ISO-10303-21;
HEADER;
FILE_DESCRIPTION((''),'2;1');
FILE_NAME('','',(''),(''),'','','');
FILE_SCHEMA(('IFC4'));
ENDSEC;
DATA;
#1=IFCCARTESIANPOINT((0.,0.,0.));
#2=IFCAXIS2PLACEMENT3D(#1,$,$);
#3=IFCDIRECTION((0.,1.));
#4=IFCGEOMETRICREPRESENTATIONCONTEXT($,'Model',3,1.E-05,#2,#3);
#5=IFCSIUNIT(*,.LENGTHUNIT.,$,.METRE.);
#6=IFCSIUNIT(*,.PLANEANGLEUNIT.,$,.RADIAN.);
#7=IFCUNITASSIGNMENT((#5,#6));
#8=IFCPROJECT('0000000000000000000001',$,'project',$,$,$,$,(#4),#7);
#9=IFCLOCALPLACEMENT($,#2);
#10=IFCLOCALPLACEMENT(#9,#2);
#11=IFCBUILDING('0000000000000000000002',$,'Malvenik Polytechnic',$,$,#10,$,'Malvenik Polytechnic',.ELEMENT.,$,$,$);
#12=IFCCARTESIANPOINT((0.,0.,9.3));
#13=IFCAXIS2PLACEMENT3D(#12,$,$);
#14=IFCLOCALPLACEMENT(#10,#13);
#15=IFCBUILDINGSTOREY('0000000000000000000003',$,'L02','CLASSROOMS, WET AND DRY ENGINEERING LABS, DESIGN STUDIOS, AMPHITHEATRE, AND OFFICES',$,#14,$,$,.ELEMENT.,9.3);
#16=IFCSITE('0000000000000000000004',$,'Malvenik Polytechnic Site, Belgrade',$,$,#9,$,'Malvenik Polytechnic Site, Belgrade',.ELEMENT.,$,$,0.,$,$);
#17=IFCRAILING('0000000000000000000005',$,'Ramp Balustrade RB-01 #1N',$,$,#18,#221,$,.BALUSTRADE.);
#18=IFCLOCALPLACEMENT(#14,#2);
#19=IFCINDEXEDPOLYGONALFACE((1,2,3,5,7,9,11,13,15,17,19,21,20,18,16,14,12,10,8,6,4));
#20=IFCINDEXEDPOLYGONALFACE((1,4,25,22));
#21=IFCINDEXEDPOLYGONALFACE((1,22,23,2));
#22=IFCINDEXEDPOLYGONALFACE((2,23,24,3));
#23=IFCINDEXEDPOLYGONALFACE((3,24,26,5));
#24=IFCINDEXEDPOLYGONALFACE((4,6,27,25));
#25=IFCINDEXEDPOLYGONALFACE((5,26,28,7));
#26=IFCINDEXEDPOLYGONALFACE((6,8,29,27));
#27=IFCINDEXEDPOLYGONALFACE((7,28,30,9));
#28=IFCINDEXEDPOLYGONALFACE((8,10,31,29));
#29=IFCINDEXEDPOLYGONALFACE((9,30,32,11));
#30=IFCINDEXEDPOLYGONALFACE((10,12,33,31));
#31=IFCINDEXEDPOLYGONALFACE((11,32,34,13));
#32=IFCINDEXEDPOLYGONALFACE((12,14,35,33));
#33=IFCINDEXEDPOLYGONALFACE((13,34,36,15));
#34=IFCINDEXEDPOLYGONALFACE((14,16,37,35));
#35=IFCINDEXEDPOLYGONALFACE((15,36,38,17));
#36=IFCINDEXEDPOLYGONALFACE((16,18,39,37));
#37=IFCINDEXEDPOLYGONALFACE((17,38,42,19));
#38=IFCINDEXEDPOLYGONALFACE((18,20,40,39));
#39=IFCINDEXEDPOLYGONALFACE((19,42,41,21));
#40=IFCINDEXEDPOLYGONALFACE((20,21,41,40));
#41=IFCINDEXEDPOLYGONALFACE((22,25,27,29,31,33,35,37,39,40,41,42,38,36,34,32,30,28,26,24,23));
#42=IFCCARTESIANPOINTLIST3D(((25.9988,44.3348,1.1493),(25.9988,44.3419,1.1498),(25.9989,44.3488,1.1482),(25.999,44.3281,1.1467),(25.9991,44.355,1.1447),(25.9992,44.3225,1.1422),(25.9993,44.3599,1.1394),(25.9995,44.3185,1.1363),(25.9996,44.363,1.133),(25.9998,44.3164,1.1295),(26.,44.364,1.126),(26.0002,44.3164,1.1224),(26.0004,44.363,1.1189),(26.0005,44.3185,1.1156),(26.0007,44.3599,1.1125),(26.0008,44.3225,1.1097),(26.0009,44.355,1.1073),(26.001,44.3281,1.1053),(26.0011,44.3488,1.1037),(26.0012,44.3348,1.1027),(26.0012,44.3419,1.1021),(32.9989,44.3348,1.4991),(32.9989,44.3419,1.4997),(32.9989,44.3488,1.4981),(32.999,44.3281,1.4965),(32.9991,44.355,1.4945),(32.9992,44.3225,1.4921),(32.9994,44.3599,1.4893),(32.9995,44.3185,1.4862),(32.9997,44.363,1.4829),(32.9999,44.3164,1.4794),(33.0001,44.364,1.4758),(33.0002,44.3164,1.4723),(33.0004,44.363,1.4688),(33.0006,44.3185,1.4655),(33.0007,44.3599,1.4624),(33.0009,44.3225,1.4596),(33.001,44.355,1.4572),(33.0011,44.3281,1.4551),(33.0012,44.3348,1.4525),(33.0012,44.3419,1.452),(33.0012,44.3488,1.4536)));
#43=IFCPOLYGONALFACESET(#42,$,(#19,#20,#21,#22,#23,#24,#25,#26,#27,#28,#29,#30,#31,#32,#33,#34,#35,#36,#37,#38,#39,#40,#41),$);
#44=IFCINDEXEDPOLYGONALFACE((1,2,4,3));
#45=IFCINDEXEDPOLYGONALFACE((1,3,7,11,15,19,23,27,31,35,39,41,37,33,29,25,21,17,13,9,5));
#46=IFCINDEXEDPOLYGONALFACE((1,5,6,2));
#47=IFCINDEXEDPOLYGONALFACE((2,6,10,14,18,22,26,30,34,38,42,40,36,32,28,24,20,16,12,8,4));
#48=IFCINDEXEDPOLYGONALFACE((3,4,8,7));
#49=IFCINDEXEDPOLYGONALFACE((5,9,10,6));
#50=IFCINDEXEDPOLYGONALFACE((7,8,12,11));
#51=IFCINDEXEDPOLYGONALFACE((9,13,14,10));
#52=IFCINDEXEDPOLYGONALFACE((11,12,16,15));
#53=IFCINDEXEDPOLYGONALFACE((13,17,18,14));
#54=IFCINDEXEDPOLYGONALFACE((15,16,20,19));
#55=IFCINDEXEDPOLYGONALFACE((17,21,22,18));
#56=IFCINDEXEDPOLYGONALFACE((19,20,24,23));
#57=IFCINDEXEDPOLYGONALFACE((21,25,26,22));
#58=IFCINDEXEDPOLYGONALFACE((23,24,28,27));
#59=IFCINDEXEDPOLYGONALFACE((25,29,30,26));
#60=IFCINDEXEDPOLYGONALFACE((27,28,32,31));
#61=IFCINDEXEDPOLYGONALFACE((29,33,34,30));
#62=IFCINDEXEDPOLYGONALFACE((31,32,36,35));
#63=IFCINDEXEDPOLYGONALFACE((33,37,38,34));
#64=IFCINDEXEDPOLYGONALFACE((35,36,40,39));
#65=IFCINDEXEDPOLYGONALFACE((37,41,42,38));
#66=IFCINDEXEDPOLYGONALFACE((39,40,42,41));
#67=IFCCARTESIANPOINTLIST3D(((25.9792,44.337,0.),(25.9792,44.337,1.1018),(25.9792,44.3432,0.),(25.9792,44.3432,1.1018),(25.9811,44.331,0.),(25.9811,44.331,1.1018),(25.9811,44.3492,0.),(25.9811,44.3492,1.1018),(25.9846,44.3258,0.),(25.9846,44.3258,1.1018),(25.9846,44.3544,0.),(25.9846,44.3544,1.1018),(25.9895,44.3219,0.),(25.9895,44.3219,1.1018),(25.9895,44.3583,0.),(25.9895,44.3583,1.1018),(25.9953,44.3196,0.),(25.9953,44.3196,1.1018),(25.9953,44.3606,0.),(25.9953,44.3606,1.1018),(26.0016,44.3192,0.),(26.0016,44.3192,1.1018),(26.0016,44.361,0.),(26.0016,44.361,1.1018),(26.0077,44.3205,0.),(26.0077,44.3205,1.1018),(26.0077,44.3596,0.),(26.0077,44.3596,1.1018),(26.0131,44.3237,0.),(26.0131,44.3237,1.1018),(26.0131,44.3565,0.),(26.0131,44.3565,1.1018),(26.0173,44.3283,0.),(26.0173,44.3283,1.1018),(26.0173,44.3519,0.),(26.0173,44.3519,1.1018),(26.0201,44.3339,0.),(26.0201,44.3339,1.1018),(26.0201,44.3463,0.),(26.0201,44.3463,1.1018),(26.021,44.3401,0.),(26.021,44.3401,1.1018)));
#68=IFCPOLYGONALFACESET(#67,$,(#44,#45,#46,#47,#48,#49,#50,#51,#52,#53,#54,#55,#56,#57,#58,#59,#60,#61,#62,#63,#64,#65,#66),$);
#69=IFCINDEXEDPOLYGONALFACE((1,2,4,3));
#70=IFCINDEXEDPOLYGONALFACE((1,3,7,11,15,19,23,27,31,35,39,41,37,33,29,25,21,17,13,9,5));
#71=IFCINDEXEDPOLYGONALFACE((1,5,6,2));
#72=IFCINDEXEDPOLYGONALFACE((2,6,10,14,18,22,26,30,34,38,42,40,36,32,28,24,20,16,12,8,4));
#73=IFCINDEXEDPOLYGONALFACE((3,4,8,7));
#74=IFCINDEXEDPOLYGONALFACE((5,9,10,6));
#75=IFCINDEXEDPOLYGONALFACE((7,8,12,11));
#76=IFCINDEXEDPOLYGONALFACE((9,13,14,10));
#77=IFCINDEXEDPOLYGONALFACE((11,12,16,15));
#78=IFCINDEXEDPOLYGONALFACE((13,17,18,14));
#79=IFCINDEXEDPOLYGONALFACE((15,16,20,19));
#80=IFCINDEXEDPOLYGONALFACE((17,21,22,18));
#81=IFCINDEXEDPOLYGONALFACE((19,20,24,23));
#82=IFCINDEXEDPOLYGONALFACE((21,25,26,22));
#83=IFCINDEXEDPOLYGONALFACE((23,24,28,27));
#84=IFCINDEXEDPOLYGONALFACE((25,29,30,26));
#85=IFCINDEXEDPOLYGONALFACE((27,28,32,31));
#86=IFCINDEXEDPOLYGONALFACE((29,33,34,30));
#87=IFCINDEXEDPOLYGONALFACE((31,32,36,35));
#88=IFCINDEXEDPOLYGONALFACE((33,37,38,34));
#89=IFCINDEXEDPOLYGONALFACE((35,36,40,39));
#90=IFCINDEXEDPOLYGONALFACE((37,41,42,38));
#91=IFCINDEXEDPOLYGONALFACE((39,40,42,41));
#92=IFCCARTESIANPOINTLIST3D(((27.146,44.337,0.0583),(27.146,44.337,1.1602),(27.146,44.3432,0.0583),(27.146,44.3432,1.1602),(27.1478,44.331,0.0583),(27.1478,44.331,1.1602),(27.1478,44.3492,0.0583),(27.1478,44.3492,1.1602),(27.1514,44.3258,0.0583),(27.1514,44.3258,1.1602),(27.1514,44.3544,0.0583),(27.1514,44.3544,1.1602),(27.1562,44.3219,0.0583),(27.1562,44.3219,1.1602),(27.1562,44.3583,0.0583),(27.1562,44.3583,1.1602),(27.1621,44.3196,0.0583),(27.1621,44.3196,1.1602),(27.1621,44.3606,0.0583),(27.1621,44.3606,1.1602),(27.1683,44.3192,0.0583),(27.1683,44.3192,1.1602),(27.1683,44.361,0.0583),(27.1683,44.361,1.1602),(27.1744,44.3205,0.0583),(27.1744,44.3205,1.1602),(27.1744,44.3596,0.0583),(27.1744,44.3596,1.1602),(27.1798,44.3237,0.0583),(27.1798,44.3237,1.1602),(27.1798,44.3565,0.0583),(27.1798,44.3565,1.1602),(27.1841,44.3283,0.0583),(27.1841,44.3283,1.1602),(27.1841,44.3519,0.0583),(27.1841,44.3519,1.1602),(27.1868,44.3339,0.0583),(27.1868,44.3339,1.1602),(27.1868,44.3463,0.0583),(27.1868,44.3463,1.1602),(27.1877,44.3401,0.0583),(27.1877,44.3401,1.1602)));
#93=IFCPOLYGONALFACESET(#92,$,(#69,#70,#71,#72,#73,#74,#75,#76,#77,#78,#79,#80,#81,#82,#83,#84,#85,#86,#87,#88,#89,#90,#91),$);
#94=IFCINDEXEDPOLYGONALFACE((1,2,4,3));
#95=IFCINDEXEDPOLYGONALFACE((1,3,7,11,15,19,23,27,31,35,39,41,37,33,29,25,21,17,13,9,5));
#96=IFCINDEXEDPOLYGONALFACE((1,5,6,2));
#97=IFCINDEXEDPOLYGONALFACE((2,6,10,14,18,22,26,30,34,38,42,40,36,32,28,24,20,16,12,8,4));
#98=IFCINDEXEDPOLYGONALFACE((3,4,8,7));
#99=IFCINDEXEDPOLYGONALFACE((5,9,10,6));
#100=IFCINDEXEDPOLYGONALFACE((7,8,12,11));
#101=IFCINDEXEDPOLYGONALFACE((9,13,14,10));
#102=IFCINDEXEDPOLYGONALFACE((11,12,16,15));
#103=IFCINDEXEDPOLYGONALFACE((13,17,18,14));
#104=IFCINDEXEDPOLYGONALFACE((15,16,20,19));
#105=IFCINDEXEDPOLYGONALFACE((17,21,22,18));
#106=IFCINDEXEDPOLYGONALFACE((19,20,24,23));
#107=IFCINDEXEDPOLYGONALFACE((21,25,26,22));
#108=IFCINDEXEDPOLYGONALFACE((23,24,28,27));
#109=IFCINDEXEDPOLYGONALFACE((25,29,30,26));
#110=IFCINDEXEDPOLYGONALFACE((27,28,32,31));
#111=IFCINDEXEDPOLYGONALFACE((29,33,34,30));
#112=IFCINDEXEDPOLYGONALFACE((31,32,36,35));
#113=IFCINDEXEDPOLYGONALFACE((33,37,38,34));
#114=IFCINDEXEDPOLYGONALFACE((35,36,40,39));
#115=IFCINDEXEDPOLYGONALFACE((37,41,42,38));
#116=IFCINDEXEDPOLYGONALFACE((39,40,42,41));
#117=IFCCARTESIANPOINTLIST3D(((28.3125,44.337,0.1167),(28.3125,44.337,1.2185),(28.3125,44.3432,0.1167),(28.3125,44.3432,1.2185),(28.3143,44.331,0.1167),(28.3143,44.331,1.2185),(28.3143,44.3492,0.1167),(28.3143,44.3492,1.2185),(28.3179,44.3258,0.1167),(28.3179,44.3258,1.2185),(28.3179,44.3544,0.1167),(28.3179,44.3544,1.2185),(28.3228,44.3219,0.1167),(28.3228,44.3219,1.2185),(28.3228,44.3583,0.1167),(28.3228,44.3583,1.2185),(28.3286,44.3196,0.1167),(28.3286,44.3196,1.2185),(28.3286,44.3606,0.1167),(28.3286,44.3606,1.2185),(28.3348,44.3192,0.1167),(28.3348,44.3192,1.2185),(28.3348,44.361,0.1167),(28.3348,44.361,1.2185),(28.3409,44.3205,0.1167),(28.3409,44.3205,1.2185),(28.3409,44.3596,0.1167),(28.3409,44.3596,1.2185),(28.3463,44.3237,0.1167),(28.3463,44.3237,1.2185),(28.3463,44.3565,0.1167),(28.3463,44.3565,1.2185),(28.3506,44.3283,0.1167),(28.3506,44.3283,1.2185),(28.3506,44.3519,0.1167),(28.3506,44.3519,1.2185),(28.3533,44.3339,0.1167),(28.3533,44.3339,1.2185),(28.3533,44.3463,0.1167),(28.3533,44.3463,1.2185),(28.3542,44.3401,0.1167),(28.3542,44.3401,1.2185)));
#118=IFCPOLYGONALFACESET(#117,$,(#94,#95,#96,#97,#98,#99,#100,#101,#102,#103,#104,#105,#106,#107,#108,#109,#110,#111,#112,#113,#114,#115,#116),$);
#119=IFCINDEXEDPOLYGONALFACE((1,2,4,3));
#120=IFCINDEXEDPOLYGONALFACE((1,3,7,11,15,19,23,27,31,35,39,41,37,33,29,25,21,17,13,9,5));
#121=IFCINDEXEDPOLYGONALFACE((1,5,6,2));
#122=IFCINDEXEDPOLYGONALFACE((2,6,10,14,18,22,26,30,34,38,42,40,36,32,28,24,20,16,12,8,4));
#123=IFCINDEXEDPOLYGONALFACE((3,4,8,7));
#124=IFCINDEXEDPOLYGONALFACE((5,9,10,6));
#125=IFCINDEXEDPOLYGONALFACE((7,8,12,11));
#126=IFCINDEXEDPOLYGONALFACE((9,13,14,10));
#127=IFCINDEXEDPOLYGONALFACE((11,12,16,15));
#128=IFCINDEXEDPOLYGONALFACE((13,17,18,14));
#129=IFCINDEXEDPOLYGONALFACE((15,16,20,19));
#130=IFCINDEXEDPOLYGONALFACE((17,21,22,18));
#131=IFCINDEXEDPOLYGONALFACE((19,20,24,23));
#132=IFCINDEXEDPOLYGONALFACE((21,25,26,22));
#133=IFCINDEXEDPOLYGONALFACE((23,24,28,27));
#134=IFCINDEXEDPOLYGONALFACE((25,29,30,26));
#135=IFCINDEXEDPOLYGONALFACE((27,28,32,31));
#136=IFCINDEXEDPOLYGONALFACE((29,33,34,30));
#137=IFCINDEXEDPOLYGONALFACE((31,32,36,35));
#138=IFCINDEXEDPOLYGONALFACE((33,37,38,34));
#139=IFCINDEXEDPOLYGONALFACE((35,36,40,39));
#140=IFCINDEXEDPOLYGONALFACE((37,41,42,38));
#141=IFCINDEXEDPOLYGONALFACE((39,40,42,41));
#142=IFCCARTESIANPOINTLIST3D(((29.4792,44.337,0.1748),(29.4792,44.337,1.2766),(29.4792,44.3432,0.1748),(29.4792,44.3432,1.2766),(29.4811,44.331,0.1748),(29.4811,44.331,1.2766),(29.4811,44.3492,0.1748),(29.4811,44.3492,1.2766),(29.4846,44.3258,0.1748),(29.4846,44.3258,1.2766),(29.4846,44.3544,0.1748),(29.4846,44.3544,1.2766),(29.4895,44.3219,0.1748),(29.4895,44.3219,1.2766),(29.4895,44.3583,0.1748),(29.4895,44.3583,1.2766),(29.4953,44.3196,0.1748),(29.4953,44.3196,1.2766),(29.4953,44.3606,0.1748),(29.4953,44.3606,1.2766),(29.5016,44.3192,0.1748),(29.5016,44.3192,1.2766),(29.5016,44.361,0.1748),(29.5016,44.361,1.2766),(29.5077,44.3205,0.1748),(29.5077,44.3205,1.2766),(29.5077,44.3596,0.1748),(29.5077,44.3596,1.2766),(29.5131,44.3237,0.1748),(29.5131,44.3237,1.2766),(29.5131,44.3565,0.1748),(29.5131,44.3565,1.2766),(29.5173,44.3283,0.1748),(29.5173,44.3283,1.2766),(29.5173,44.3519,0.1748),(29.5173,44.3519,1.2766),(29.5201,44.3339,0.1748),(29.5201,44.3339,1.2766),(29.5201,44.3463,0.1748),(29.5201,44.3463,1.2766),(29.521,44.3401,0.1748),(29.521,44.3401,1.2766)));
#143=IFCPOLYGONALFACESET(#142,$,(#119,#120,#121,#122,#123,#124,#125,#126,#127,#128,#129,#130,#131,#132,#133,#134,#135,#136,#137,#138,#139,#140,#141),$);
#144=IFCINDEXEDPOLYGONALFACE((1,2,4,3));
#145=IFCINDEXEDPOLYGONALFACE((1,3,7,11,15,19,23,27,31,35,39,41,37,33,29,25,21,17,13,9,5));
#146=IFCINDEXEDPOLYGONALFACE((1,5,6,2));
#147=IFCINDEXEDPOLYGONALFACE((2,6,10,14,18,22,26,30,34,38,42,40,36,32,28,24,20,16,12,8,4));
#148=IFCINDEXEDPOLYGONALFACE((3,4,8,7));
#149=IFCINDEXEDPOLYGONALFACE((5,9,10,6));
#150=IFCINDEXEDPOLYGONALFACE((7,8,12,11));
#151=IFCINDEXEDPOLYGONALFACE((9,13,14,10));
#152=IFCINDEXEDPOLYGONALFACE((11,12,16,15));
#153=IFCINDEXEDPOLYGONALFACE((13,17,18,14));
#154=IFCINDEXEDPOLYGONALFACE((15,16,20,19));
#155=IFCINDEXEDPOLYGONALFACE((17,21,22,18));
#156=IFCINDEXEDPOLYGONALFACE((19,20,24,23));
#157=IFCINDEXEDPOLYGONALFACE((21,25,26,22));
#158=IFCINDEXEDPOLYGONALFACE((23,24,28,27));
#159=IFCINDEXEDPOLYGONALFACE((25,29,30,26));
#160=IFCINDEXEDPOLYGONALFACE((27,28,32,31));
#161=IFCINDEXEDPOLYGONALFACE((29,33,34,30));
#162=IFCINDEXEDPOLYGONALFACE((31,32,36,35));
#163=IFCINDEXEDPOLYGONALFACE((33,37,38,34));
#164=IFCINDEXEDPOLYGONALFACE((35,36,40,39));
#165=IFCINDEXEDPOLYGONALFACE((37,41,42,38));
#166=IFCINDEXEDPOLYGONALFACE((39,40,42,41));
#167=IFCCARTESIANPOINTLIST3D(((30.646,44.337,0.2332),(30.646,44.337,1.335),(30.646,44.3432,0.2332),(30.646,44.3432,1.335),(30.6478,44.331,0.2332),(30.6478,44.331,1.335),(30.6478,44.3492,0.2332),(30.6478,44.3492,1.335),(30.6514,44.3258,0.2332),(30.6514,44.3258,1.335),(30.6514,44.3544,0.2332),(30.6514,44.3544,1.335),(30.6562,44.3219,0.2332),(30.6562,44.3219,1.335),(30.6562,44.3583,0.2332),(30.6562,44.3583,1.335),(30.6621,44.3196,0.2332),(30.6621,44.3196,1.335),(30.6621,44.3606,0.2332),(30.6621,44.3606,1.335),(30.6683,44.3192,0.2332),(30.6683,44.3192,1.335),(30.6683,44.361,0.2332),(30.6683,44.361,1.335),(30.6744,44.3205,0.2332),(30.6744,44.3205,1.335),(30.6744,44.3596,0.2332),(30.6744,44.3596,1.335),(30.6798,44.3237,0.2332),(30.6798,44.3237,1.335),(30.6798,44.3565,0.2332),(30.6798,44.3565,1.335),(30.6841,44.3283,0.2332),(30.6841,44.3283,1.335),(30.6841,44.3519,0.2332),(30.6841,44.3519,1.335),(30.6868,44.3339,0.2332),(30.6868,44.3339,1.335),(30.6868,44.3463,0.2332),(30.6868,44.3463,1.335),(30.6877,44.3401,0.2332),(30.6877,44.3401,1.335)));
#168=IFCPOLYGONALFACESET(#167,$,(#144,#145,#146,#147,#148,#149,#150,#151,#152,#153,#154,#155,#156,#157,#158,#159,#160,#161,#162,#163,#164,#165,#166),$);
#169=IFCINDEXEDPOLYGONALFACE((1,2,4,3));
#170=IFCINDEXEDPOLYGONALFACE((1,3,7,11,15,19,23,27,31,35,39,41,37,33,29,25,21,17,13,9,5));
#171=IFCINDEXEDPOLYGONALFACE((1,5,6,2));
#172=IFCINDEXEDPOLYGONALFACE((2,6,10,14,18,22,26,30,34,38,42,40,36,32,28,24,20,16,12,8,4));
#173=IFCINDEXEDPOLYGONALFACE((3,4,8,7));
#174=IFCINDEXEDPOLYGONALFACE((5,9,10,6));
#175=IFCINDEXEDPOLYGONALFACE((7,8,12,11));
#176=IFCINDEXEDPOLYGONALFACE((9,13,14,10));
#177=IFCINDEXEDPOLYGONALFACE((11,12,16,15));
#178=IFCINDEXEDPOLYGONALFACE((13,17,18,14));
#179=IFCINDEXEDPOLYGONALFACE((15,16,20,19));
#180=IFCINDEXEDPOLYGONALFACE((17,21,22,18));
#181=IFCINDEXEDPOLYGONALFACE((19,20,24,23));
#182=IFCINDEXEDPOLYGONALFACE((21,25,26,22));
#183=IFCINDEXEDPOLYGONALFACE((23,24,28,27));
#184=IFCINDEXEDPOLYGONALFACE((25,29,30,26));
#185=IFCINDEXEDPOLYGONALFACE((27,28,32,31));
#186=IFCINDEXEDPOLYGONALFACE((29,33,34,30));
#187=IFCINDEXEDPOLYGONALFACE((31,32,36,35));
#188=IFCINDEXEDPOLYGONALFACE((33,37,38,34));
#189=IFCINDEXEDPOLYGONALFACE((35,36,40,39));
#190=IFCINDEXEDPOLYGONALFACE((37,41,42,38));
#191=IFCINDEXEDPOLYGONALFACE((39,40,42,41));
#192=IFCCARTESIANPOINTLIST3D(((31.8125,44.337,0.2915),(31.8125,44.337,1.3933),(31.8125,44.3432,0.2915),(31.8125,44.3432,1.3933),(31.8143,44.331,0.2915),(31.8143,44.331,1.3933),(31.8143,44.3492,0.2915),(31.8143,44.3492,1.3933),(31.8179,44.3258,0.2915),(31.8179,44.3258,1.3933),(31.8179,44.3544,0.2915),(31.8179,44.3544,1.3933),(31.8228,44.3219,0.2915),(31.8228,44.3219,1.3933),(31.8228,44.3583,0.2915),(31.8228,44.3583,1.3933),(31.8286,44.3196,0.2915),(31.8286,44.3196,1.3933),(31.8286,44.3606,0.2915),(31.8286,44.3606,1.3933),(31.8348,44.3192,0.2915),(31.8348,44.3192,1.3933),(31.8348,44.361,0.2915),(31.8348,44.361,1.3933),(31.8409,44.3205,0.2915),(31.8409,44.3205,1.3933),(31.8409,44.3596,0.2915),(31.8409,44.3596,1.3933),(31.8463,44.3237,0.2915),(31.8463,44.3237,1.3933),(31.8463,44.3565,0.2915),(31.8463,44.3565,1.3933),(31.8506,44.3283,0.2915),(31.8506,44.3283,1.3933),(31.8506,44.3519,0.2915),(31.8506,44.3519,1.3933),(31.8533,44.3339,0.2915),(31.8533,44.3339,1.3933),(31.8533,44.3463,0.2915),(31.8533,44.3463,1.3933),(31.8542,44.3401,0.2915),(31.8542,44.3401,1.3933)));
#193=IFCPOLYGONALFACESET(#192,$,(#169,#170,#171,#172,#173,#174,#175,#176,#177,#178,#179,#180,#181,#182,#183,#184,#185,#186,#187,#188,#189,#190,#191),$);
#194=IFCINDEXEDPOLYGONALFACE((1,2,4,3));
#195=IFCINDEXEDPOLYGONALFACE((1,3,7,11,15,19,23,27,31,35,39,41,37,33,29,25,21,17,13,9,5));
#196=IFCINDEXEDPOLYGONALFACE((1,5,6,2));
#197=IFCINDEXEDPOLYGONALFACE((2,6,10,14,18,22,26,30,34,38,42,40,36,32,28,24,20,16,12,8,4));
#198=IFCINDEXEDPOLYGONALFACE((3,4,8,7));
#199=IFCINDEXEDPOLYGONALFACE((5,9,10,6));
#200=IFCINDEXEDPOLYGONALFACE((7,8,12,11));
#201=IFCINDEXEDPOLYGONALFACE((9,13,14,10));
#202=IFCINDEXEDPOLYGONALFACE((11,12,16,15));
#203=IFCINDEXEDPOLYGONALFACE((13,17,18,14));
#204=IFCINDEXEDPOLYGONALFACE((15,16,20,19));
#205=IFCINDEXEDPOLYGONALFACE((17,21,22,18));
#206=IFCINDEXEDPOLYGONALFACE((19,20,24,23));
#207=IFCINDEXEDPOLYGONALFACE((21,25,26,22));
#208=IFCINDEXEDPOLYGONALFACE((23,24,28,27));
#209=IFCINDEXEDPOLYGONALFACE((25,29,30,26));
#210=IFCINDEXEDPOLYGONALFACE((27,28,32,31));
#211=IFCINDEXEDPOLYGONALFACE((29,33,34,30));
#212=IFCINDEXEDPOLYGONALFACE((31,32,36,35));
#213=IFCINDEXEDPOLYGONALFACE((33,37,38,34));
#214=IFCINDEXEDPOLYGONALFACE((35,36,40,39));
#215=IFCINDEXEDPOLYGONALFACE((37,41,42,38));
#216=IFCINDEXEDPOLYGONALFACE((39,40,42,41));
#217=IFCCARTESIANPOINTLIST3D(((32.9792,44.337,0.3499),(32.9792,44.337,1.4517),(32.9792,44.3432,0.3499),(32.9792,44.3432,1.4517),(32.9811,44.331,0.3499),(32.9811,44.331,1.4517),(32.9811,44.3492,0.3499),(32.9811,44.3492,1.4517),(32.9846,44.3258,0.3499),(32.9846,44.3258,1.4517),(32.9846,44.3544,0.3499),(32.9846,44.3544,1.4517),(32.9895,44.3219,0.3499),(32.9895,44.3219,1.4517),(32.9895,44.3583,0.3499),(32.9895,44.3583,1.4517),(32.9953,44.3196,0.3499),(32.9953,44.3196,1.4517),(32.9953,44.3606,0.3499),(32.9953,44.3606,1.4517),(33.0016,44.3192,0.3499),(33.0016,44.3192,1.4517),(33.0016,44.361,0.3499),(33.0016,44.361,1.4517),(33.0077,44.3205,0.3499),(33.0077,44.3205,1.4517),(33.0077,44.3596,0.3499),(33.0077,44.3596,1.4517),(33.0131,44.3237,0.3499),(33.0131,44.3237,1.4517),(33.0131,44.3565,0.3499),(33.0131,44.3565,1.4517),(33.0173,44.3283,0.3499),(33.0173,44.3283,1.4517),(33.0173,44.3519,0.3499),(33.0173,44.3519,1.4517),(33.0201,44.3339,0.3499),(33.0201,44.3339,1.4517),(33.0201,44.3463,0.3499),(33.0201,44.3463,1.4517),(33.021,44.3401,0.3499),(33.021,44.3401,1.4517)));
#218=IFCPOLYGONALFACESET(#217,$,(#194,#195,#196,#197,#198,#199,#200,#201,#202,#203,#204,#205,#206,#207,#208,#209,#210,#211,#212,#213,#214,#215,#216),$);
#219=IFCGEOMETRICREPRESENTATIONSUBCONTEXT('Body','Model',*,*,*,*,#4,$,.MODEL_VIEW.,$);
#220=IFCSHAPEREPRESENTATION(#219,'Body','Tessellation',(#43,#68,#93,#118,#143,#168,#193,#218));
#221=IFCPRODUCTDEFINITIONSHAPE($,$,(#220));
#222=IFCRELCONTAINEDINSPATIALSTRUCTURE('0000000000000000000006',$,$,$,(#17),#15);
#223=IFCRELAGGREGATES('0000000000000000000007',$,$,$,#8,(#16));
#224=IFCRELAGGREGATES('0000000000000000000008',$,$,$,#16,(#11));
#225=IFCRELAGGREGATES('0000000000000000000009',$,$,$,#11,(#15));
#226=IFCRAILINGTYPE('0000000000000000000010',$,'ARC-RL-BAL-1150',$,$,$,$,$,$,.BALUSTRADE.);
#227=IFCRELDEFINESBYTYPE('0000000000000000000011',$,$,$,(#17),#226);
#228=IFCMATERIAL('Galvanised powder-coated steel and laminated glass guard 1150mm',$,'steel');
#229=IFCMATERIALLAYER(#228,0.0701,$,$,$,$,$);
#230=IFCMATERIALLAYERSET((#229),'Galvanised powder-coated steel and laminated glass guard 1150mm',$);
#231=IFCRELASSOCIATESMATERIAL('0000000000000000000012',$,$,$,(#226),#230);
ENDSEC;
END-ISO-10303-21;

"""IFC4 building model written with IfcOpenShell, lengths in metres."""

from ifc_helpers import new_model, si_unit, direction, frame, origin, origin_2d, place, context, subcontext, project, spatial, circle, extrude, material, layer, layer_set, type_object, element, save


model = new_model("IFC4")

# Units and contexts
model_context = context("Model", 3, precision=1e-05, world=origin(), true_north=direction((0.0, 1.0)))
body_context = subcontext(model_context, "Body", "Model", "MODEL_VIEW")
ifc_project = project(units=[si_unit("LENGTHUNIT", "METRE"), si_unit("PLANEANGLEUNIT", "RADIAN")], contexts=[model_context])

# Site, building, storey
site_placement = place(None, origin())
site = spatial("IfcSite", under=ifc_project, at=site_placement, Name="Malvenik Polytechnic Site, Belgrade", LongName="Malvenik Polytechnic Site, Belgrade", CompositionType="ELEMENT", RefElevation=0.0)
building_placement = place(site_placement, origin())
building = spatial("IfcBuilding", under=site, at=building_placement, Name="Malvenik Polytechnic", LongName="Malvenik Polytechnic", CompositionType="ELEMENT")
storey_placement = place(building_placement, frame((0.0, 0.0, 9.3)))
storey = spatial("IfcBuildingStorey", under=building, at=storey_placement, Name="L02", Description="CLASSROOMS, WET AND DRY ENGINEERING LABS, DESIGN STUDIOS, AMPHITHEATRE, AND OFFICES", CompositionType="ELEMENT", Elevation=9.3)

# Railing
ifc_material_1 = material(Name="Galvanised powder-coated steel and laminated glass guard 1150mm", Category="steel")
ifc_layer_1 = layer(ifc_material_1, 0.0701)
ifc_layer_set_1 = layer_set([ifc_layer_1], Name="Galvanised powder-coated steel and laminated glass guard 1150mm")
railing_type_1 = type_object("IfcRailingType", Name="ARC-RL-BAL-1150", PredefinedType="BALUSTRADE", material=ifc_layer_set_1)
railing_1_placement = place(storey_placement, frame((26.0, 44.3401, 0.0)))
element("IfcRailing", 1, at=railing_1_placement, inside=storey, type_object=railing_type_1, Name="Ramp Balustrade RB-01 #1N", PredefinedType="BALUSTRADE", context=body_context, shape_type="SweptSolid", body=[
    extrude(circle(Radius=0.0239, at=origin_2d()), frame((0.0, 0.0, 1.126), z_axis=(0.998753, 0.0, 0.049917), x_axis=(0.0, 1.0, 0.0)), (0.0, 0.0, 1.0), 7.0088),
    extrude(circle(Radius=0.021, at=origin_2d()), origin(), (0.0, 0.0, 1.0), 1.1018),
    extrude(circle(Radius=0.021, at=origin_2d()), frame((1.1667, 0.0, 0.0583)), (0.0, 0.0, 1.0), 1.1018),
    extrude(circle(Radius=0.021, at=origin_2d()), frame((2.3333, 0.0, 0.1167)), (0.0, 0.0, 1.0), 1.1018),
    extrude(circle(Radius=0.021, at=origin_2d()), frame((3.5, 0.0, 0.1748)), (0.0, 0.0, 1.0), 1.1018),
    extrude(circle(Radius=0.021, at=origin_2d()), frame((4.6667, 0.0, 0.2332)), (0.0, 0.0, 1.0), 1.1018),
    extrude(circle(Radius=0.021, at=origin_2d()), frame((5.8333, 0.0, 0.2915)), (0.0, 0.0, 1.0), 1.1018),
    extrude(circle(Radius=0.021, at=origin_2d()), frame((7.0, 0.0, 0.3499)), (0.0, 0.0, 1.0), 1.1018),
])

save(model, "model.ifc")
